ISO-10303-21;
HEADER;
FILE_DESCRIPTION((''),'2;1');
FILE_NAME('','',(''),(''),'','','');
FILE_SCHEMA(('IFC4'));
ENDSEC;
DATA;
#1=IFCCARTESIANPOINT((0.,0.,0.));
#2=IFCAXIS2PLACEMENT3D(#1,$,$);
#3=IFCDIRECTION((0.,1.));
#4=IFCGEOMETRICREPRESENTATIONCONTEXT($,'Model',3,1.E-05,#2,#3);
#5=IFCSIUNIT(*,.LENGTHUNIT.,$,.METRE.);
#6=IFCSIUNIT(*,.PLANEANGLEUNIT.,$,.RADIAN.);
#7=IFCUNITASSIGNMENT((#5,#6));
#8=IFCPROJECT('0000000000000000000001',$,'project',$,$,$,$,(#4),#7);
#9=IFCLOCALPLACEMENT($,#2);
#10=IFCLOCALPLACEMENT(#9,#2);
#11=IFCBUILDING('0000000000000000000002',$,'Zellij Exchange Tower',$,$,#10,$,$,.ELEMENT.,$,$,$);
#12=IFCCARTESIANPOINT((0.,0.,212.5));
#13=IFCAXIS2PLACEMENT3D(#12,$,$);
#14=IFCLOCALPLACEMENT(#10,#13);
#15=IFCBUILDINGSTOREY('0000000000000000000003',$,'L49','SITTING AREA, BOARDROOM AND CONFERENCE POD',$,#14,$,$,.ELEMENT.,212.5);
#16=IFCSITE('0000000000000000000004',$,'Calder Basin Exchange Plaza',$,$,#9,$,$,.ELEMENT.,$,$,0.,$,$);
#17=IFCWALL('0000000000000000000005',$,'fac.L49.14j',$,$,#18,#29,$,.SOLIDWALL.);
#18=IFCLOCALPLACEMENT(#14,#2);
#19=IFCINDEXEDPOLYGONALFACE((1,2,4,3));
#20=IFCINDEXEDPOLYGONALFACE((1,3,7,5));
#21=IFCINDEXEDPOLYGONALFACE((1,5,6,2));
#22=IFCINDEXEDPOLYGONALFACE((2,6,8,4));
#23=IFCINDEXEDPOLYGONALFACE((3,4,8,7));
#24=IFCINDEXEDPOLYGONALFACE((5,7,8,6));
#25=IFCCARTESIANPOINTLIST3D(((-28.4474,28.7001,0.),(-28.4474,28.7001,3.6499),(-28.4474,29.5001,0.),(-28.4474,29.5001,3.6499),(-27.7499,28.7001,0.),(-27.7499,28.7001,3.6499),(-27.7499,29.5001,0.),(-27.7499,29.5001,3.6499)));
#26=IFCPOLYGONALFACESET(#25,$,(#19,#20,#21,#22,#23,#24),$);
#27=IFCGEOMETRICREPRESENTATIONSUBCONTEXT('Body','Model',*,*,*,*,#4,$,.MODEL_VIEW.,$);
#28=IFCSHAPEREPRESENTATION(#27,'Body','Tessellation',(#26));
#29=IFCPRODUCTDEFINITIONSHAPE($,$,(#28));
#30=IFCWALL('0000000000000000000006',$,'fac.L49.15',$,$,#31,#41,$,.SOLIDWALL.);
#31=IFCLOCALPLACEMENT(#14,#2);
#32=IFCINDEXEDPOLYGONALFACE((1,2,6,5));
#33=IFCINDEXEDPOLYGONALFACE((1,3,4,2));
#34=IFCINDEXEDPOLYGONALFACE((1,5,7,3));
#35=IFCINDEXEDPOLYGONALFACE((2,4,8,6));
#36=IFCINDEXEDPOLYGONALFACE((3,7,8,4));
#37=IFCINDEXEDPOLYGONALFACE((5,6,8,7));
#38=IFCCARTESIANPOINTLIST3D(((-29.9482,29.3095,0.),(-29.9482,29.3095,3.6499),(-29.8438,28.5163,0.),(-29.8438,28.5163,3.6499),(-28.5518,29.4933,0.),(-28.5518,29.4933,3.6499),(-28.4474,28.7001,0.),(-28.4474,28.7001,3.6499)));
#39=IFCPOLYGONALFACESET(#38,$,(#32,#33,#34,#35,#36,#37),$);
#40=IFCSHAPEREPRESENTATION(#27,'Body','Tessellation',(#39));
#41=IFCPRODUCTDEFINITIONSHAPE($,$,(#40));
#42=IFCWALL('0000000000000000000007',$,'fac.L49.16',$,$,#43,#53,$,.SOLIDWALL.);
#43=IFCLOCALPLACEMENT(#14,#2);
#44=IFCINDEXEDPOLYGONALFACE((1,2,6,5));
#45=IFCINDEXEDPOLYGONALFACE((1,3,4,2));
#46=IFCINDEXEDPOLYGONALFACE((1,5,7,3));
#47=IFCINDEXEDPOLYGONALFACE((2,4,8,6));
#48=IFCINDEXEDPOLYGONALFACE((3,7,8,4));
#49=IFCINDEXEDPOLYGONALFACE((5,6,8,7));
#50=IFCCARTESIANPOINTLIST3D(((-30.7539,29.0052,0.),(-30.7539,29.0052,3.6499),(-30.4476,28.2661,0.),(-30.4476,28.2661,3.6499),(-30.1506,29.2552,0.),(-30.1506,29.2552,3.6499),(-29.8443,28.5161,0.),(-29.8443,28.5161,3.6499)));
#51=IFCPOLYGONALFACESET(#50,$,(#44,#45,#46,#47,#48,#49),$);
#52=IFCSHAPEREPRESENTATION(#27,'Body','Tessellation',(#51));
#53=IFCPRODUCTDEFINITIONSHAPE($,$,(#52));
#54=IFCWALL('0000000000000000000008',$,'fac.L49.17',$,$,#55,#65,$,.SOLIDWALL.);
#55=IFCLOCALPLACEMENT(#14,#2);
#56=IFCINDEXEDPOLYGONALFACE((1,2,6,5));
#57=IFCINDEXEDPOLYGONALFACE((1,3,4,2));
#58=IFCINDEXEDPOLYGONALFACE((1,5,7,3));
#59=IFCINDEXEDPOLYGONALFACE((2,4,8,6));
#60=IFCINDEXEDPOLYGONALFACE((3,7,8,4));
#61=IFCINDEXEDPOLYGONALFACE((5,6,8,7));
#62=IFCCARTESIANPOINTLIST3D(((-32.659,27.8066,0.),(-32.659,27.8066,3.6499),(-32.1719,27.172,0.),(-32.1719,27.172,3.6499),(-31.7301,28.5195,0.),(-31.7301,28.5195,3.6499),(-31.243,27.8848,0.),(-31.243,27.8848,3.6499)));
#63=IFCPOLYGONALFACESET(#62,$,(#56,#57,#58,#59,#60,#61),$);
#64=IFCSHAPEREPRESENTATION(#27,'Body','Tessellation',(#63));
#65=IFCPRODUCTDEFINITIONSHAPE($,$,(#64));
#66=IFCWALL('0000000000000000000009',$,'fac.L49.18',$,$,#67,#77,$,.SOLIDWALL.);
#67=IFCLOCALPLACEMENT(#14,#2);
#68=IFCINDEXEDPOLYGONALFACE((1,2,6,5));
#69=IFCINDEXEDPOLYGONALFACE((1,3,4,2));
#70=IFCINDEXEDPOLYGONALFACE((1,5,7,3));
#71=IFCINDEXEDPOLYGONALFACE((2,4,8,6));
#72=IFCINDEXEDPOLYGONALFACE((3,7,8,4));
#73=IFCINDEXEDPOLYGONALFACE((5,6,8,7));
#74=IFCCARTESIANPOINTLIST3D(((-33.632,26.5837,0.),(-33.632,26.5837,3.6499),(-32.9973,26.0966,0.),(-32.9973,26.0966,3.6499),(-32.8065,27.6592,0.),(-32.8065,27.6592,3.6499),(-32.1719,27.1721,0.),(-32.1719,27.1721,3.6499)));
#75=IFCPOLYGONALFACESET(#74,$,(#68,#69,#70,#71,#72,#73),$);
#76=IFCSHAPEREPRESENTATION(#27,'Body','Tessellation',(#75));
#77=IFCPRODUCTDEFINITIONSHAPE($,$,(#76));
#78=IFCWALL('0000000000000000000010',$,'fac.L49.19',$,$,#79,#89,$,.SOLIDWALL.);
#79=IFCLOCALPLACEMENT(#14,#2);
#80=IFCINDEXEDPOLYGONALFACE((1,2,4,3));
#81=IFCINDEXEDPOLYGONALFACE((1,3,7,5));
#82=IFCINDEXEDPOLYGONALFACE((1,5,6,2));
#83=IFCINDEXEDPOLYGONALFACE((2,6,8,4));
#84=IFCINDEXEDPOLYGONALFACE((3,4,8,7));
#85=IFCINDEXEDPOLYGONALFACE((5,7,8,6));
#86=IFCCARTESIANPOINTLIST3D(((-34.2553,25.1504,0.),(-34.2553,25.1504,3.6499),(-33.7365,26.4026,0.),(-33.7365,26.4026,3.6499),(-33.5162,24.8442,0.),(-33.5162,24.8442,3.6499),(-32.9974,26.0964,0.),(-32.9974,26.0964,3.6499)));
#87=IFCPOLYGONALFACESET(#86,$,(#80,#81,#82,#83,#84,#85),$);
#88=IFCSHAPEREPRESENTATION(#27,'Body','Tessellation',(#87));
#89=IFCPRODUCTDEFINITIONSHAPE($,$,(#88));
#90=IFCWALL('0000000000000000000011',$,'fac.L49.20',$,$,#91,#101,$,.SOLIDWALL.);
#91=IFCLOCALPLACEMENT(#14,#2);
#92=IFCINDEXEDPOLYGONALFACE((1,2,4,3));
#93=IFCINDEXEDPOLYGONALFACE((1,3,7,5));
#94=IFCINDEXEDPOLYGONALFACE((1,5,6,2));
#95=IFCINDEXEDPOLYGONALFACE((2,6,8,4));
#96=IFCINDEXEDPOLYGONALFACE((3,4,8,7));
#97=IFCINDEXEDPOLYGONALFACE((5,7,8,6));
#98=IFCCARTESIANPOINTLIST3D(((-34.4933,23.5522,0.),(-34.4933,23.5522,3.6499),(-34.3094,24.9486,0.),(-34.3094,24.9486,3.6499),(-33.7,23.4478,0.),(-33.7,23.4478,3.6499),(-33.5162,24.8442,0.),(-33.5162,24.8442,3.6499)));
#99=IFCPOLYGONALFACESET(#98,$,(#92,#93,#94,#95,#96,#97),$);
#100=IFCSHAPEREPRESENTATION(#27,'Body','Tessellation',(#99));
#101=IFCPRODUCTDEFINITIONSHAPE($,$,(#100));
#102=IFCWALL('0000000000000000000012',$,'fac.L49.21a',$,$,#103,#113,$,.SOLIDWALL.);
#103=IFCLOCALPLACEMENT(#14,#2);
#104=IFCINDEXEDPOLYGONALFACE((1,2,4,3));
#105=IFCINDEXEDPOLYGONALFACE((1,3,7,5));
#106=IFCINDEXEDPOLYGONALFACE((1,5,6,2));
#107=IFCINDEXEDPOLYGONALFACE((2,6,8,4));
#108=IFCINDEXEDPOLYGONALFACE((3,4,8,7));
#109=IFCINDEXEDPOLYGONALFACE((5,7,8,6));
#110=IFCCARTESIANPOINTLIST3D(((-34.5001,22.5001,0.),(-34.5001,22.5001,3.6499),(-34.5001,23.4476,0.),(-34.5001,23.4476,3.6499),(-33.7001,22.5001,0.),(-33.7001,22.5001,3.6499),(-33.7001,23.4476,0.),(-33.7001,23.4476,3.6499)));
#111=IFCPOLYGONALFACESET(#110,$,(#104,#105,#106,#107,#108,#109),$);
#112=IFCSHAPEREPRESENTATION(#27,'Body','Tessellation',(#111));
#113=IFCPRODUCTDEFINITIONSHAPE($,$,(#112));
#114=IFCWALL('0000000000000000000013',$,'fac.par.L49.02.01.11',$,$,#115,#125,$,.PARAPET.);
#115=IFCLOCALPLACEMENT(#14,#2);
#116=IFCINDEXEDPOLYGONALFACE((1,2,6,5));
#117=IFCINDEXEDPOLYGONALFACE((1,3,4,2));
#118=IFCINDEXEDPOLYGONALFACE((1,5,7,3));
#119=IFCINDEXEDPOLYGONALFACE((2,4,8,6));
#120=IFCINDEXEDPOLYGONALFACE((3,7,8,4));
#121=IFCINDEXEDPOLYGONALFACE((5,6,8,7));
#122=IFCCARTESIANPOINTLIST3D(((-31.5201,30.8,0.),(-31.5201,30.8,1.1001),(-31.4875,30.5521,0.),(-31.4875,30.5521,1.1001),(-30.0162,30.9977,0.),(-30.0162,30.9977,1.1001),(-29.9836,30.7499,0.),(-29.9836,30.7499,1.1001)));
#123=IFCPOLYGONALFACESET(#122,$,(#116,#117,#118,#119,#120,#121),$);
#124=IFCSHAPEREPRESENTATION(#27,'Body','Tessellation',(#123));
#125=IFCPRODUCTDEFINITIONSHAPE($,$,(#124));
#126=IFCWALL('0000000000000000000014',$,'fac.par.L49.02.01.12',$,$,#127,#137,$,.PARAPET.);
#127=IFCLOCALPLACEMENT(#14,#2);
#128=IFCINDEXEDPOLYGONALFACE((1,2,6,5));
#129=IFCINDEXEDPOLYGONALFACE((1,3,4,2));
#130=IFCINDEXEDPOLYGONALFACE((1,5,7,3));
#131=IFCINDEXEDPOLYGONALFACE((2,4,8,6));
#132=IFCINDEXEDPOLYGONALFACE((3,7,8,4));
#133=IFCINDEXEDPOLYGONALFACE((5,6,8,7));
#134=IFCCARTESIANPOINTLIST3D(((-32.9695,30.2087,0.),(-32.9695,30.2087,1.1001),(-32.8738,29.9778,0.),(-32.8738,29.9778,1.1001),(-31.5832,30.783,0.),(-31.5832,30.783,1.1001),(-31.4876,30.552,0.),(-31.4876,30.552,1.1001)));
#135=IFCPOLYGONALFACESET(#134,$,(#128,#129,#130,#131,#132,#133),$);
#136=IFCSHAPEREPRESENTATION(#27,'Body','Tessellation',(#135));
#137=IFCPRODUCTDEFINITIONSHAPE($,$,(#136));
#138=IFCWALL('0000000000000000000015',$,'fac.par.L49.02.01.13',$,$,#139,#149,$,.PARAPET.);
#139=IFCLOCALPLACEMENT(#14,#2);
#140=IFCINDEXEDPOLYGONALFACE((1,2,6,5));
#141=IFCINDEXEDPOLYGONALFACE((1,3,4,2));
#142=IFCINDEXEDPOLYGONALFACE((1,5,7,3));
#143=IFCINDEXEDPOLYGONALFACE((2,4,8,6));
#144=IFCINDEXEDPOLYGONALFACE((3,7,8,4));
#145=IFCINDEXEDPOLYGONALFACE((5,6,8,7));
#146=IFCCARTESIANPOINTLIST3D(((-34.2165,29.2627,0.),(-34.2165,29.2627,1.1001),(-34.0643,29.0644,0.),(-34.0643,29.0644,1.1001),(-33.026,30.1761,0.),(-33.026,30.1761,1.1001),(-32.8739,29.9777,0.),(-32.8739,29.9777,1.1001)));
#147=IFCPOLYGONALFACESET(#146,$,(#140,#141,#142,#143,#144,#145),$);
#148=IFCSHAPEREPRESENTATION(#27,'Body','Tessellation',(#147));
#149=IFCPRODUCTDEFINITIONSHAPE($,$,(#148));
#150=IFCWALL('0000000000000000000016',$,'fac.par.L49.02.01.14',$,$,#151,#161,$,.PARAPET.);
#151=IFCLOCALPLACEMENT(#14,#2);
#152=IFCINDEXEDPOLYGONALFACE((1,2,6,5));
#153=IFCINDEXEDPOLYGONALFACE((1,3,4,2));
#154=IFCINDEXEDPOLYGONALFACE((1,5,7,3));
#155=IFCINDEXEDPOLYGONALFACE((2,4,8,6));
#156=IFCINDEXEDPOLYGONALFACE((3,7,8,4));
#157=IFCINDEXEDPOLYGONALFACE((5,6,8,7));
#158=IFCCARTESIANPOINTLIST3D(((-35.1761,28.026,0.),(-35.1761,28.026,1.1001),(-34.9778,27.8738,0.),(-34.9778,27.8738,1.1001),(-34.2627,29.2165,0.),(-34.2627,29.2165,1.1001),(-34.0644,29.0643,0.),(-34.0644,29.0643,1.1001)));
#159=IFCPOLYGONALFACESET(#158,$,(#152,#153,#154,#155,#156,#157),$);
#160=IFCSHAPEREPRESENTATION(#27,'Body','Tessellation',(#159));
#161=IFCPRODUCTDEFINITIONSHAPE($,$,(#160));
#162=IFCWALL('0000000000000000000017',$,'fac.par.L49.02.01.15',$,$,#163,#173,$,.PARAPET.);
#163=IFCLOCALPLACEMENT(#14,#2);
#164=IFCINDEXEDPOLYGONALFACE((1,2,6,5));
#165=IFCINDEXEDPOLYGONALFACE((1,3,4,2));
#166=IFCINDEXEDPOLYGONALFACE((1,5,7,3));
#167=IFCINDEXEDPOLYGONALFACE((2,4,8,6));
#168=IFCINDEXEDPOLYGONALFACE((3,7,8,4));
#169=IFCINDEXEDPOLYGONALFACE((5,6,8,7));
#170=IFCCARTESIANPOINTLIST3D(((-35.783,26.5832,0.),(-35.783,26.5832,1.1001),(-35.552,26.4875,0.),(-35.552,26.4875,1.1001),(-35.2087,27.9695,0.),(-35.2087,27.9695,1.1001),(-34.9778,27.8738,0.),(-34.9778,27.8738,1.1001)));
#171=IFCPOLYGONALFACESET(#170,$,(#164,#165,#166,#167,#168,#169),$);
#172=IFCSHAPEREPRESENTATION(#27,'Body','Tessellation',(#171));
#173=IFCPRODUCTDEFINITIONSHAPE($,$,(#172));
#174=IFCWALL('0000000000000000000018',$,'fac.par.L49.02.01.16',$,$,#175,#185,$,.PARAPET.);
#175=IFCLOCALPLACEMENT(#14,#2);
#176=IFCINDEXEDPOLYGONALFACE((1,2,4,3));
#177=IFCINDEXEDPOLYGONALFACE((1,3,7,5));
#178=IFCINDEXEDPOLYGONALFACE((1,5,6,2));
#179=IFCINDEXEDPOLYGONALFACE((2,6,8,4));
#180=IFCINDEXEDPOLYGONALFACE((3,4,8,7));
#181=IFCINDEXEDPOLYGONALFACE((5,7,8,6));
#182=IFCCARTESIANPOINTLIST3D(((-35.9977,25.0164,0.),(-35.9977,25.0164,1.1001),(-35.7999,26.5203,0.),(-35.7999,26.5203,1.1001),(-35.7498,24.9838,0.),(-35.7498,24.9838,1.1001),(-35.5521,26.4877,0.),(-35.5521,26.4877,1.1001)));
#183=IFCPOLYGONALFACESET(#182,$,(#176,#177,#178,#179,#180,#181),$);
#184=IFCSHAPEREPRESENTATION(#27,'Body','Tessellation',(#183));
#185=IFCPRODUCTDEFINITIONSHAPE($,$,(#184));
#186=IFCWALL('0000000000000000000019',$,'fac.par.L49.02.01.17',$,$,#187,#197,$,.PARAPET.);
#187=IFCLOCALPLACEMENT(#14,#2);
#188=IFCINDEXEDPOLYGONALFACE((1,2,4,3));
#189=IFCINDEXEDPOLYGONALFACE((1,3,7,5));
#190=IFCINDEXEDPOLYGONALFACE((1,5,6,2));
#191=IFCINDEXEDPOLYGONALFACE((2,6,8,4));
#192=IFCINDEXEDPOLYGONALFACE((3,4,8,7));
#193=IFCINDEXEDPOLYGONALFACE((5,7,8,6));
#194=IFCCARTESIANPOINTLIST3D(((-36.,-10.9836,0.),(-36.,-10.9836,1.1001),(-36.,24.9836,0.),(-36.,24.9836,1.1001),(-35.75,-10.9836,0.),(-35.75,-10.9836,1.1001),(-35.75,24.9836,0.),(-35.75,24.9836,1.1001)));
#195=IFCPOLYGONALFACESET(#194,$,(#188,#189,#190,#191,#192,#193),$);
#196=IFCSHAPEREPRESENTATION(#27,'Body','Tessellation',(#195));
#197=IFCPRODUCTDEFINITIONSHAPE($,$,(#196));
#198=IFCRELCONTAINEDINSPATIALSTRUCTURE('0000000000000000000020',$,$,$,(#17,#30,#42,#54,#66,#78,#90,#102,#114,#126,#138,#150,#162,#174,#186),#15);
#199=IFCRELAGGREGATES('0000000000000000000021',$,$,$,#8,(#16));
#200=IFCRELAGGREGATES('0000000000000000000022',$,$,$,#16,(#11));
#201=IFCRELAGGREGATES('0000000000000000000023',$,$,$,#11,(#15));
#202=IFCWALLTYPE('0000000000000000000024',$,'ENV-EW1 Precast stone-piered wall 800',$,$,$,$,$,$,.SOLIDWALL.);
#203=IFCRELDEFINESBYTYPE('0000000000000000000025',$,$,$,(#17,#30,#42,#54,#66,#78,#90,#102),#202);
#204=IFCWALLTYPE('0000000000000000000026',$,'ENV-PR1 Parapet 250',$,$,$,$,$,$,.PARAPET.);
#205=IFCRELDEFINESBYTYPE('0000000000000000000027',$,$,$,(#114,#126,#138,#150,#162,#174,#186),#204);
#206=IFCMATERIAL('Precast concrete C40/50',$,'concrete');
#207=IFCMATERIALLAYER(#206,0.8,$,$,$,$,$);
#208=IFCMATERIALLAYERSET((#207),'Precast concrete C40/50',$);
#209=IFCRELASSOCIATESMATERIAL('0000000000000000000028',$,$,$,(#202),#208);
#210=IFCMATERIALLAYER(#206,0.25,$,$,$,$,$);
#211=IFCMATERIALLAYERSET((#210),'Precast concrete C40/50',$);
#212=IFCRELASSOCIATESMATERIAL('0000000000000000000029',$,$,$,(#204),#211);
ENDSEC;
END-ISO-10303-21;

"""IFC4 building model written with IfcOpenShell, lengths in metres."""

from ifc_helpers import new_model, si_unit, direction, frame, frame_2d, origin, place, context, subcontext, project, spatial, rectangle, extrude, material, layer, layer_set, type_object, element, save


model = new_model("IFC4")

# Units and contexts
model_context = context("Model", 3, precision=1e-05, world=origin(), true_north=direction((0.0, 1.0)))
body_context = subcontext(model_context, "Body", "Model", "MODEL_VIEW")
ifc_project = project(units=[si_unit("LENGTHUNIT", "METRE"), si_unit("PLANEANGLEUNIT", "RADIAN")], contexts=[model_context])

# Site, building, storey
site_placement = place(None, origin())
site = spatial("IfcSite", under=ifc_project, at=site_placement, Name="Calder Basin Exchange Plaza", CompositionType="ELEMENT", RefElevation=0.0)
building_placement = place(site_placement, origin())
building = spatial("IfcBuilding", under=site, at=building_placement, Name="Zellij Exchange Tower", CompositionType="ELEMENT")
storey_placement = place(building_placement, frame((0.0, 0.0, 212.5)))
storey = spatial("IfcBuildingStorey", under=building, at=storey_placement, Name="L49", Description="SITTING AREA, BOARDROOM AND CONFERENCE POD", CompositionType="ELEMENT", Elevation=212.5)

# Walls
ifc_material_1 = material(Name="Precast concrete C40/50", Category="concrete")
ifc_layer_1 = layer(ifc_material_1, 0.8)
ifc_layer_set_1 = layer_set([ifc_layer_1], Name="Precast concrete C40/50")
wall_type_1 = type_object("IfcWallType", Name="ENV-EW1 Precast stone-piered wall 800", PredefinedType="SOLIDWALL", material=ifc_layer_set_1)
wall_1_placement = place(storey_placement, frame((-27.75, 29.1001, 0.0), z_axis=(0.0, 0.0, 1.0), x_axis=(-1.0, 0.0, 0.0)))
element("IfcWall", 1, at=wall_1_placement, inside=storey, type_object=wall_type_1, Name="fac.L49.14j", PredefinedType="SOLIDWALL", context=body_context, shape_type="SweptSolid", body=[
    extrude(rectangle(XDim=0.6975, YDim=0.8, at=frame_2d((0.3486, 0.0))), origin(), (0.0, 0.0, 1.0), 3.6499),
])
wall_2_placement = place(storey_placement, frame((-28.4998, 29.0967, 0.0), z_axis=(0.0, 0.0, 1.0), x_axis=(-0.991446, -0.130517, 0.0)))
element("IfcWall", 2, at=wall_2_placement, inside=storey, type_object=wall_type_1, Name="fac.L49.15", PredefinedType="SOLIDWALL", context=body_context, shape_type="SweptSolid", body=[
    extrude(rectangle(XDim=1.4084, YDim=0.8, at=frame_2d((0.7041, 0.0))), origin(), (0.0, 0.0, 1.0), 3.6499),
])
wall_3_placement = place(storey_placement, frame((-29.9973, 28.8857, 0.0), z_axis=(0.0, 0.0, 1.0), x_axis=(-0.923816, -0.382836, 0.0)))
element("IfcWall", 3, at=wall_3_placement, inside=storey, type_object=wall_type_1, Name="fac.L49.16", PredefinedType="SOLIDWALL", context=body_context, shape_type="SweptSolid", body=[
    extrude(rectangle(XDim=0.6531, YDim=0.8, at=frame_2d((0.3267, 0.0))), origin(), (0.0, 0.0, 1.0), 3.6499),
])
wall_4_placement = place(storey_placement, frame((-31.4866, 28.2021, 0.0), z_axis=(0.0, 0.0, 1.0), x_axis=(-0.793321, -0.608804, 0.0)))
element("IfcWall", 4, at=wall_4_placement, inside=storey, type_object=wall_type_1, Name="fac.L49.17", PredefinedType="SOLIDWALL", context=body_context, shape_type="SweptSolid", body=[
    extrude(rectangle(XDim=1.1709, YDim=0.8, at=frame_2d((0.5854, 0.0))), origin(), (0.0, 0.0, 1.0), 3.6499),
])
wall_5_placement = place(storey_placement, frame((-32.4893, 27.4155, 0.0), z_axis=(0.0, 0.0, 1.0), x_axis=(-0.608866, -0.793273, 0.0)))
element("IfcWall", 5, at=wall_5_placement, inside=storey, type_object=wall_type_1, Name="fac.L49.18", PredefinedType="SOLIDWALL", context=body_context, shape_type="SweptSolid", body=[
    extrude(rectangle(XDim=1.3557, YDim=0.8, at=frame_2d((0.6777, 0.0))), origin(), (0.0, 0.0, 1.0), 3.6499),
])
wall_6_placement = place(storey_placement, frame((-33.3669, 26.2495, 0.0), z_axis=(0.0, 0.0, 1.0), x_axis=(-0.38276, -0.923848, 0.0)))
element("IfcWall", 6, at=wall_6_placement, inside=storey, type_object=wall_type_1, Name="fac.L49.19", PredefinedType="SOLIDWALL", context=body_context, shape_type="SweptSolid", body=[
    extrude(rectangle(XDim=1.3555, YDim=0.8, at=frame_2d((0.6777, 0.0))), origin(), (0.0, 0.0, 1.0), 3.6499),
])
wall_7_placement = place(storey_placement, frame((-33.9128, 24.8962, 0.0), z_axis=(0.0, 0.0, 1.0), x_axis=(-0.130517, -0.991446, 0.0)))
element("IfcWall", 7, at=wall_7_placement, inside=storey, type_object=wall_type_1, Name="fac.L49.20", PredefinedType="SOLIDWALL", context=body_context, shape_type="SweptSolid", body=[
    extrude(rectangle(XDim=1.4084, YDim=0.8, at=frame_2d((0.7041, 0.0))), origin(), (0.0, 0.0, 1.0), 3.6499),
])
wall_8_placement = place(storey_placement, frame((-34.1001, 23.4475, 0.0), z_axis=(0.0, 0.0, 1.0), x_axis=(0.0, -1.0, 0.0)))
element("IfcWall", 8, at=wall_8_placement, inside=storey, type_object=wall_type_1, Name="fac.L49.21a", PredefinedType="SOLIDWALL", context=body_context, shape_type="SweptSolid", body=[
    extrude(rectangle(XDim=0.9475, YDim=0.8, at=frame_2d((0.4736, 0.0))), origin(), (0.0, 0.0, 1.0), 3.6499),
])
ifc_layer_2 = layer(ifc_material_1, 0.25)
ifc_layer_set_2 = layer_set([ifc_layer_2], Name="Precast concrete C40/50")
wall_type_2 = type_object("IfcWallType", Name="ENV-PR1 Parapet 250", PredefinedType="PARAPET", material=ifc_layer_set_2)
wall_9_placement = place(storey_placement, frame((-30.0, 30.8738, 0.0), z_axis=(0.0, 0.0, 1.0), x_axis=(-0.991465, -0.130371, 0.0)))
element("IfcWall", 9, at=wall_9_placement, inside=storey, type_object=wall_type_2, Name="fac.par.L49.02.01.11", PredefinedType="PARAPET", context=body_context, shape_type="SweptSolid", body=[
    extrude(rectangle(XDim=1.5168, YDim=0.25, at=frame_2d((0.7583, 0.0))), origin(), (0.0, 0.0, 1.0), 1.1001),
])
for number, where, z_axis, x_axis, name in (
    (10, (-31.5354, 30.6675, 0.0), (0.0, 0.0, 1.0), (-0.923874, -0.382697, 0.0), "fac.par.L49.02.01.12"),
    (11, (-32.95, 30.0769, 0.0), (0.0, 0.0, 1.0), (-0.793392, -0.608712, 0.0), "fac.par.L49.02.01.13"),
    (12, (-34.1636, 29.1404, 0.0), (0.0, 0.0, 1.0), (-0.608712, -0.793392, 0.0), "fac.par.L49.02.01.14"),
    (13, (-35.0933, 27.9216, 0.0), (0.0, 0.0, 1.0), (-0.382697, -0.923874, 0.0), "fac.par.L49.02.01.15"),
):
    element("IfcWall", number, at=place(storey_placement, frame(where, z_axis=z_axis, x_axis=x_axis)), inside=storey, type_object=wall_type_2, Name=name, PredefinedType="PARAPET", context=body_context, shape_type="SweptSolid", body=[
        extrude(rectangle(XDim=1.5005, YDim=0.25, at=frame_2d((0.7502, 0.0))), origin(), (0.0, 0.0, 1.0), 1.1001),
    ])
wall_10_placement = place(storey_placement, frame((-35.676, 26.5039, 0.0), z_axis=(0.0, 0.0, 1.0), x_axis=(-0.130371, -0.991465, 0.0)))
element("IfcWall", 14, at=wall_10_placement, inside=storey, type_object=wall_type_2, Name="fac.par.L49.02.01.16", PredefinedType="PARAPET", context=body_context, shape_type="SweptSolid", body=[
    extrude(rectangle(XDim=1.5168, YDim=0.25, at=frame_2d((0.7583, 0.0))), origin(), (0.0, 0.0, 1.0), 1.1001),
])
wall_11_placement = place(storey_placement, frame((-35.875, 24.9836, 0.0), z_axis=(0.0, 0.0, 1.0), x_axis=(0.0, -1.0, 0.0)))
element("IfcWall", 15, at=wall_11_placement, inside=storey, type_object=wall_type_2, Name="fac.par.L49.02.01.17", PredefinedType="PARAPET", context=body_context, shape_type="SweptSolid", body=[
    extrude(rectangle(XDim=35.9673, YDim=0.25, at=frame_2d((17.9836, 0.0))), origin(), (0.0, 0.0, 1.0), 1.1001),
])

save(model, "model.ifc")
